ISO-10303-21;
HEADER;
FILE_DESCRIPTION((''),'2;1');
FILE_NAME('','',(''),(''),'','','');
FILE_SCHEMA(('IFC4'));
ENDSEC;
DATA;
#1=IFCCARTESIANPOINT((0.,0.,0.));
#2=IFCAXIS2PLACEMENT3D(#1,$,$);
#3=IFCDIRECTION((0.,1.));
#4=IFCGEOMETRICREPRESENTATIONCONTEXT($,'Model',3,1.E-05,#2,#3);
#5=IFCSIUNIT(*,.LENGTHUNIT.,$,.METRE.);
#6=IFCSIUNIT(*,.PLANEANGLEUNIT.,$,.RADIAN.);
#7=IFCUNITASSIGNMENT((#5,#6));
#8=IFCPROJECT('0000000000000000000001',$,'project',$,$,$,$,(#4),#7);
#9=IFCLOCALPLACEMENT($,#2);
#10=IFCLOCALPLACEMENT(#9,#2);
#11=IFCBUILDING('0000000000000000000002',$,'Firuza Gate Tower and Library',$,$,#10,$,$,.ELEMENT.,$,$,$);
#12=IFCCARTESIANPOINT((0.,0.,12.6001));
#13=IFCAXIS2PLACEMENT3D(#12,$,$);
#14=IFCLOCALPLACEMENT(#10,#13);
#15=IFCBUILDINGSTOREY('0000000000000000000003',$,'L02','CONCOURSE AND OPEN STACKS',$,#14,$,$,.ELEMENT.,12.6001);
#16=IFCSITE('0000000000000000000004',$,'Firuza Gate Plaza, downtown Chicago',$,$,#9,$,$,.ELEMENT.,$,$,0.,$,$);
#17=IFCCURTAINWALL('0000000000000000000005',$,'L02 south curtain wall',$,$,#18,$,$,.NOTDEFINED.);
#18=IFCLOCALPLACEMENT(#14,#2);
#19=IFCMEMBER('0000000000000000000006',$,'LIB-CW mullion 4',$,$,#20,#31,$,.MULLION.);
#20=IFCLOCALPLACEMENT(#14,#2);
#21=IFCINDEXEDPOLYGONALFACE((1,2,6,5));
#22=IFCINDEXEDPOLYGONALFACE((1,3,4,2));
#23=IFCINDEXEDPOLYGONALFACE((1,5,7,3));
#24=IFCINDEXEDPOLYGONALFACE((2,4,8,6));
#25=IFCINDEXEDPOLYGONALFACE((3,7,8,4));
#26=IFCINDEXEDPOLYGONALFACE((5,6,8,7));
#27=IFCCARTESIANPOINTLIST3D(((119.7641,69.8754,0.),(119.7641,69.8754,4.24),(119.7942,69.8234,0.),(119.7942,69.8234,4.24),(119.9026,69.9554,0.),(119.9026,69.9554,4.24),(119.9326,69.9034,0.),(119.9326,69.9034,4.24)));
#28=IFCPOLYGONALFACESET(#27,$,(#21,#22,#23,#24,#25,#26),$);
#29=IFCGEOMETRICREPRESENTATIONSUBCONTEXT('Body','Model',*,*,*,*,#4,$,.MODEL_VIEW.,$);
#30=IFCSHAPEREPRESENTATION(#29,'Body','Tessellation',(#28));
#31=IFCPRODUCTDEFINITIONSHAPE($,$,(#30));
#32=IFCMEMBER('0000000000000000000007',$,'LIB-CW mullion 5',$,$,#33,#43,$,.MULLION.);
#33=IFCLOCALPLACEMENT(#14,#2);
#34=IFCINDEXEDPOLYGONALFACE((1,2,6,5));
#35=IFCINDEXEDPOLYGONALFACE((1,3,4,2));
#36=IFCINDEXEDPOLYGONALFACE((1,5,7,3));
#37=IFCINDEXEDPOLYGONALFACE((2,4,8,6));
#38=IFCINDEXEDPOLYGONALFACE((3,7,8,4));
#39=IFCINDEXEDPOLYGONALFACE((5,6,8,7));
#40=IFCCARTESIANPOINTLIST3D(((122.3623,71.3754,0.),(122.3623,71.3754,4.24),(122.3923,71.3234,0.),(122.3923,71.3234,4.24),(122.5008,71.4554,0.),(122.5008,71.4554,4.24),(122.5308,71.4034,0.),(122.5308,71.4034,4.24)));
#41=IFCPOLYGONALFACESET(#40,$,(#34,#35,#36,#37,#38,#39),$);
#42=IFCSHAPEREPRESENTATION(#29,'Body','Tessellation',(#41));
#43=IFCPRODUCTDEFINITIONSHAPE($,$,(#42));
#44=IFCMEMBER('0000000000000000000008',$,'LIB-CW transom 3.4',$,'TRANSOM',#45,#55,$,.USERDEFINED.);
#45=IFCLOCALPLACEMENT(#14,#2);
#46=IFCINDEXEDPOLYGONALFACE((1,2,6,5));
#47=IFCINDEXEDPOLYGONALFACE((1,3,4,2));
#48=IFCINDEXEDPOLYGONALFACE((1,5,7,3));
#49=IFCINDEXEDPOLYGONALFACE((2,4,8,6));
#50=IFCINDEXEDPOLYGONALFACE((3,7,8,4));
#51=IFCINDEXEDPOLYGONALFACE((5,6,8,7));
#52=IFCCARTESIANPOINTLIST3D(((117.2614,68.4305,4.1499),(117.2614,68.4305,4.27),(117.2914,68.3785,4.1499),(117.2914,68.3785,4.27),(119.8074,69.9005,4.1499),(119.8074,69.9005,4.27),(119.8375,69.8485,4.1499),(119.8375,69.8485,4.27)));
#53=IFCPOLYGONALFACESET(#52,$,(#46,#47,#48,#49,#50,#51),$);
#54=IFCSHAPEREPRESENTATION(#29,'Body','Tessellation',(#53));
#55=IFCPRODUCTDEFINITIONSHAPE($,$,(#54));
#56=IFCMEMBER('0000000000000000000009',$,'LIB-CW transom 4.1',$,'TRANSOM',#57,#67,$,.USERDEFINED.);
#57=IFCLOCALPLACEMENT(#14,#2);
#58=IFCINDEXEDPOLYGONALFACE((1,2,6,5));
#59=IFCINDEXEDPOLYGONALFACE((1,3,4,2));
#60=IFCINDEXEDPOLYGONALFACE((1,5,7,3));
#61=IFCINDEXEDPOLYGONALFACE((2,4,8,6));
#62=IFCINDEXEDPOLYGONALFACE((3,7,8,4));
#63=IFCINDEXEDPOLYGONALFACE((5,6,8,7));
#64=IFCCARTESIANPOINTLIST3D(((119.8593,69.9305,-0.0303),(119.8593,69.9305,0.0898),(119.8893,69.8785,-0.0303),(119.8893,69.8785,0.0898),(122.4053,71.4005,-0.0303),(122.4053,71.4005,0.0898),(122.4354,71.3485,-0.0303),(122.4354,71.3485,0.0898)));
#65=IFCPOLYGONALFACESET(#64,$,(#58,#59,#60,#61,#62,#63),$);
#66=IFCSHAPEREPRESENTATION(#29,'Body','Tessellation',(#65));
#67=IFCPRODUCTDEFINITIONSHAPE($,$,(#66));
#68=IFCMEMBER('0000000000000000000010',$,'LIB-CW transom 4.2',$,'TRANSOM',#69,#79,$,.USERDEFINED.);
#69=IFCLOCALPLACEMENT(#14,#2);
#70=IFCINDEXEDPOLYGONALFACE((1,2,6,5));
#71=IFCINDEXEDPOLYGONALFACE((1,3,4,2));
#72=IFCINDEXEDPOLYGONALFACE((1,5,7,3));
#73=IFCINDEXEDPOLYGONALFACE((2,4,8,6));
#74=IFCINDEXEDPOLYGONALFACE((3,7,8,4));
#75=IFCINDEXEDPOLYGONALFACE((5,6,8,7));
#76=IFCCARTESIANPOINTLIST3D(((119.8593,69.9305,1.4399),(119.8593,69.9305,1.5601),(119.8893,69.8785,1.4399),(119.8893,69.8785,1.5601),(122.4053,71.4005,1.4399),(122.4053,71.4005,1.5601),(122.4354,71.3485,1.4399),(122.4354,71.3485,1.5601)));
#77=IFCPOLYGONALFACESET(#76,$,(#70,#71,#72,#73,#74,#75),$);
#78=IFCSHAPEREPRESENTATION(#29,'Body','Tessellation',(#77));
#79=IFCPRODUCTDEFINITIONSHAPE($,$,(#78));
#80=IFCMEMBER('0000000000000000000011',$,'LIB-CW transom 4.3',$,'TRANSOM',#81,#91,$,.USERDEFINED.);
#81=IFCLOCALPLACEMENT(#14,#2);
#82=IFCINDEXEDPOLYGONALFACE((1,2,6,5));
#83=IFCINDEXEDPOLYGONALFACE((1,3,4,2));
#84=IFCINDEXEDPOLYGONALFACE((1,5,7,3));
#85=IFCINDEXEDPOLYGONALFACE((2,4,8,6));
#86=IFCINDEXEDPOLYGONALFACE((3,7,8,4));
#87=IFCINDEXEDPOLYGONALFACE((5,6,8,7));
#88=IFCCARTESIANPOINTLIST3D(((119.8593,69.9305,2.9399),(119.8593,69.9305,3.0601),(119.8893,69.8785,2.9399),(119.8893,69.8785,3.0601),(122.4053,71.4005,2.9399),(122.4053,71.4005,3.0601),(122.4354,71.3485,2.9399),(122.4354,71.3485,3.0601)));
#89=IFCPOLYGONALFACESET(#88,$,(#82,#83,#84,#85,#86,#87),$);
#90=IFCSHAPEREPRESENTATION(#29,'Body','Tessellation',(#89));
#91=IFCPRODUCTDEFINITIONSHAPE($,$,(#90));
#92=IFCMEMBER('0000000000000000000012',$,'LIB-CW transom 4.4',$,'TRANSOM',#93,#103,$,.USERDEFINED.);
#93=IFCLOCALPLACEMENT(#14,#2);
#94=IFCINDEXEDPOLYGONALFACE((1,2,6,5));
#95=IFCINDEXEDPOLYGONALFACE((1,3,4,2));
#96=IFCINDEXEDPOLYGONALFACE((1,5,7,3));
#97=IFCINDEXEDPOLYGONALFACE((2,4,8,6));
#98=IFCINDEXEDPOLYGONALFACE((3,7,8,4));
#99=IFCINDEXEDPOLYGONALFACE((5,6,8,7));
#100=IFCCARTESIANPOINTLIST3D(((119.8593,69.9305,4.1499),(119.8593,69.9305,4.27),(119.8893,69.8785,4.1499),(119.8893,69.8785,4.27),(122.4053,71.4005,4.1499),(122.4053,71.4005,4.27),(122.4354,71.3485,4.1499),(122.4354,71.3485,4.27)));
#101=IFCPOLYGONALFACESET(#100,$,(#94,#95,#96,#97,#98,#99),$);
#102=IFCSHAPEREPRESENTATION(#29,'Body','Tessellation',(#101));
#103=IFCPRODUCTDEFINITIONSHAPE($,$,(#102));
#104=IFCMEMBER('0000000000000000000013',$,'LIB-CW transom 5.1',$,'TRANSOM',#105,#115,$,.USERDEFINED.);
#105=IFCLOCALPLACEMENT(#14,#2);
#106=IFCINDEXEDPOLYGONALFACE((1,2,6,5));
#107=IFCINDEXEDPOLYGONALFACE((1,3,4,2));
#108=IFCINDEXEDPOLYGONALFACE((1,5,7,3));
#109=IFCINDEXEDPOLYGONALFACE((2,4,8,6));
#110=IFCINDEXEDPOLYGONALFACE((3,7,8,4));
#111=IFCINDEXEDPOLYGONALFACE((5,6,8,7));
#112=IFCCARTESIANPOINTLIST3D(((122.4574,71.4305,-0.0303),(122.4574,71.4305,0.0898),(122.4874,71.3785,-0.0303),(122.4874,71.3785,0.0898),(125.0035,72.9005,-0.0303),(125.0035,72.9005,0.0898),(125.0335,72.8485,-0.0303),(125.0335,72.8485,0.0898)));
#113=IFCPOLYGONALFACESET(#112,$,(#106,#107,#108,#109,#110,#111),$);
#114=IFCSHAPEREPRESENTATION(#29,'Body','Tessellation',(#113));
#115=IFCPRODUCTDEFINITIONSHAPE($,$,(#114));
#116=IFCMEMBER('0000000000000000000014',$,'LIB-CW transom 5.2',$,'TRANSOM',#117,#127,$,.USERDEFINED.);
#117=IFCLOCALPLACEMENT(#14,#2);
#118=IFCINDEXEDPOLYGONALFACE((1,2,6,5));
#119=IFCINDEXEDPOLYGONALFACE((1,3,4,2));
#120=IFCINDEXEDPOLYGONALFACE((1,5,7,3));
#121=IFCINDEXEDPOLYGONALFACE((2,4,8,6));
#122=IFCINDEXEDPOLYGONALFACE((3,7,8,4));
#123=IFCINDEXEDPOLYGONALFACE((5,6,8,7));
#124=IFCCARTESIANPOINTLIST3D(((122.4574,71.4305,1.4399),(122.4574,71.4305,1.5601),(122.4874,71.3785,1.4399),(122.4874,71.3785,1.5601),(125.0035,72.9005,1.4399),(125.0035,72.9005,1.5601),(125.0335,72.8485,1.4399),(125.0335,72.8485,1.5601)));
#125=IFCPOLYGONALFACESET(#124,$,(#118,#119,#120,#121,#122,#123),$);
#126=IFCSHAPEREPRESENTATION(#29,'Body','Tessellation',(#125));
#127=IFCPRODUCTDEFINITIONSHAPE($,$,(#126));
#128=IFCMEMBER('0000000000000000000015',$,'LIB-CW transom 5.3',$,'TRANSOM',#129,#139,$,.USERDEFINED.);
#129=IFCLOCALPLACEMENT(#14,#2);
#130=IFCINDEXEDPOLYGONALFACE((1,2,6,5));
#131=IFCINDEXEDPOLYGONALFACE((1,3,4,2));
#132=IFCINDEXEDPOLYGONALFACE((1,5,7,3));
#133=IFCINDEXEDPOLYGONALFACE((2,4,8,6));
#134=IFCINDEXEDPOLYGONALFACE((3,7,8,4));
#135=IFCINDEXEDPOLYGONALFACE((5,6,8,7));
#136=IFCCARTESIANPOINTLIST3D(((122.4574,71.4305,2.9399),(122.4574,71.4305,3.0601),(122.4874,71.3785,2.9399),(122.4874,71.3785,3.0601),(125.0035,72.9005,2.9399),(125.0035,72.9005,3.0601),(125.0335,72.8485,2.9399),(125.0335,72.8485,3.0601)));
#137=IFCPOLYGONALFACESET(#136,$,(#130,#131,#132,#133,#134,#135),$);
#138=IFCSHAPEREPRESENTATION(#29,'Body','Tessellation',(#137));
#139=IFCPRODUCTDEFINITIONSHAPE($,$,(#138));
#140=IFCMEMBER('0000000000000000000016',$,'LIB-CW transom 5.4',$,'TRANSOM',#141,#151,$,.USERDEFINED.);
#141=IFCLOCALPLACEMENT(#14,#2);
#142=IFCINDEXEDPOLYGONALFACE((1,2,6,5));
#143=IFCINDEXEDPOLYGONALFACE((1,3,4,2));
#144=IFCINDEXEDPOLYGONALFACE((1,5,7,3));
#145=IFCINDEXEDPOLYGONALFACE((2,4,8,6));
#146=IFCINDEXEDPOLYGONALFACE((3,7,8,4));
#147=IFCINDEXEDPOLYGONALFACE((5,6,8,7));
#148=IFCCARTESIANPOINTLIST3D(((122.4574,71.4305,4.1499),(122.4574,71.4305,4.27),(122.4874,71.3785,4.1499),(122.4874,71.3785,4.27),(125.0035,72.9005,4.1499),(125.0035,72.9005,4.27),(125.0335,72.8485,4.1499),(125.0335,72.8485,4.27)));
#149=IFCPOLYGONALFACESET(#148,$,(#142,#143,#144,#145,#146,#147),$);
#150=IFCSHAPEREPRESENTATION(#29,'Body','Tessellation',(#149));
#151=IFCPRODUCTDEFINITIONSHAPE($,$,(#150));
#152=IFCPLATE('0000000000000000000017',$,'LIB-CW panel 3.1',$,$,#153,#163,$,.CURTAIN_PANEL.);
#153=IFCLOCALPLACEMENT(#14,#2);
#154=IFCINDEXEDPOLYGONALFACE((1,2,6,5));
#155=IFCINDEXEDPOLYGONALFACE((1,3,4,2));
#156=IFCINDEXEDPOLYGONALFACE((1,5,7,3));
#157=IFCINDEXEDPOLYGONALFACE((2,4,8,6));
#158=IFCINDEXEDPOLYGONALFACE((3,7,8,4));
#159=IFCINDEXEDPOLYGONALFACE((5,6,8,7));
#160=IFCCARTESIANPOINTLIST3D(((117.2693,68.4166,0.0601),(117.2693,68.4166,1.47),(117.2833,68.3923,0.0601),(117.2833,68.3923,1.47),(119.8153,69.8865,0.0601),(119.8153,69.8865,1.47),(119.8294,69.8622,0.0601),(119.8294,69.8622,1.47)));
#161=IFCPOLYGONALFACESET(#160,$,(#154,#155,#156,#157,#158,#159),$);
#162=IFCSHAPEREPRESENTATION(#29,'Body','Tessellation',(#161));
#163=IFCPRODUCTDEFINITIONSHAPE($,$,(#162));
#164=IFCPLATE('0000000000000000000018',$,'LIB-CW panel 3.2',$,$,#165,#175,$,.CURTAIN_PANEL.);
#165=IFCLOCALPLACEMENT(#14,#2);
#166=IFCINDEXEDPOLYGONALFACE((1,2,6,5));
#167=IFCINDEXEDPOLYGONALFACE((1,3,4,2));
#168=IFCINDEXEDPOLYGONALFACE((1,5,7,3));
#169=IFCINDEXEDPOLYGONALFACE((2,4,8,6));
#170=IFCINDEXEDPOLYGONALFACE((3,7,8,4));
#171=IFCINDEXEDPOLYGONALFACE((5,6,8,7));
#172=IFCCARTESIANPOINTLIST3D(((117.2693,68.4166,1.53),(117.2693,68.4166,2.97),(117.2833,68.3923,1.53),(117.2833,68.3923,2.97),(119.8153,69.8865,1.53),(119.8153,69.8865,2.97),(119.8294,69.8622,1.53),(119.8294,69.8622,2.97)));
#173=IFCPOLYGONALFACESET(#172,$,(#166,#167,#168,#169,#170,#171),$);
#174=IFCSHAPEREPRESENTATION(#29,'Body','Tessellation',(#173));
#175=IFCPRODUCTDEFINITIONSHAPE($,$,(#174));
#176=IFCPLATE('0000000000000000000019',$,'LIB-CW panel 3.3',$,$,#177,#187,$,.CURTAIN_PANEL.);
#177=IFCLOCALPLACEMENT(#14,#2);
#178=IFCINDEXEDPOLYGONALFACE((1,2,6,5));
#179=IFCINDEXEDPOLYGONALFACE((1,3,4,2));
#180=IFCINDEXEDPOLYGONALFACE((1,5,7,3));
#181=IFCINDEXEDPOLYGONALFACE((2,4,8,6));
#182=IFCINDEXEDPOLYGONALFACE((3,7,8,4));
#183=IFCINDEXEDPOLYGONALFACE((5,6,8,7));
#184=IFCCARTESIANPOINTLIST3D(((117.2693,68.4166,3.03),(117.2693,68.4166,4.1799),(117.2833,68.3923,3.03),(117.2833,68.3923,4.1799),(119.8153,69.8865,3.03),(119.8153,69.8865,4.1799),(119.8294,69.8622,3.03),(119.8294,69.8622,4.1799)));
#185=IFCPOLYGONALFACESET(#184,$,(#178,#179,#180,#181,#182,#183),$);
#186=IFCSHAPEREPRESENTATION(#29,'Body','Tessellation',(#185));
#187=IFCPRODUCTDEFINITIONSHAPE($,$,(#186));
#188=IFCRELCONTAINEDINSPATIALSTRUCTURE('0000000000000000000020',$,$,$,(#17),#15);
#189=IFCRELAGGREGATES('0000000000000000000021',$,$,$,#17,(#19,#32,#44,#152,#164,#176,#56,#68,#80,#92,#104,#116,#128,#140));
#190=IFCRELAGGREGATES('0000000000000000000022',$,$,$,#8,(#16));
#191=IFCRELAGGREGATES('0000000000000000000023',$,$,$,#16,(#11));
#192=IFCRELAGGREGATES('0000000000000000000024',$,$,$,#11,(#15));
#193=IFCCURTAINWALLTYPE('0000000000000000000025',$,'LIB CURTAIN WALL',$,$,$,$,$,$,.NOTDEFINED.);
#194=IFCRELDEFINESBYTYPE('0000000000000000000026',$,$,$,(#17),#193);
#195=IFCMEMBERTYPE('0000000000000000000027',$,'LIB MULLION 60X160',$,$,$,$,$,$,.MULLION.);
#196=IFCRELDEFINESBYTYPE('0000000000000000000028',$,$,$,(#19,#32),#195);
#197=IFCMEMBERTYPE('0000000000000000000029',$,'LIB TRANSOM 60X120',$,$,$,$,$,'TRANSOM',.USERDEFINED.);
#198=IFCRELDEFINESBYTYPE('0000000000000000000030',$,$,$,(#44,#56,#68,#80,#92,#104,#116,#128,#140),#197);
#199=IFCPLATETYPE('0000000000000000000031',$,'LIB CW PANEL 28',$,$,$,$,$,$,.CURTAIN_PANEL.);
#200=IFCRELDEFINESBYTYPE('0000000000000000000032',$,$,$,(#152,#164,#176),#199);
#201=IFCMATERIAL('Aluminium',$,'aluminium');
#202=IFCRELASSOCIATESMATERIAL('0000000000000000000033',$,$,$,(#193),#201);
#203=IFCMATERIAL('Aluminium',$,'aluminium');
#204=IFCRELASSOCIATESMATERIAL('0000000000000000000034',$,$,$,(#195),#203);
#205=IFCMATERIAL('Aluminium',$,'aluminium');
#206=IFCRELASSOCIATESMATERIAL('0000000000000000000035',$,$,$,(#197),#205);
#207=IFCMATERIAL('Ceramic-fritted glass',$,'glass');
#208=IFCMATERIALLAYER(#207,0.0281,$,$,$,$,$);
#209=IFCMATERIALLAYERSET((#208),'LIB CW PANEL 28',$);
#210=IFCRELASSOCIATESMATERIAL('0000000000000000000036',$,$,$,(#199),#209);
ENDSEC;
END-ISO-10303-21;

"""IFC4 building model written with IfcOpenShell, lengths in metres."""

from ifc_helpers import new_model, si_unit, direction, frame, origin, origin_2d, place, context, subcontext, project, spatial, rectangle, extrude, material, layer, layer_set, material_profile, profile_set, type_object, element, aggregate, save


model = new_model("IFC4")

# Units and contexts
model_context = context("Model", 3, precision=1e-05, world=origin(), true_north=direction((0.0, 1.0)))
body_context = subcontext(model_context, "Body", "Model", "MODEL_VIEW")
ifc_project = project(units=[si_unit("LENGTHUNIT", "METRE"), si_unit("PLANEANGLEUNIT", "RADIAN")], contexts=[model_context])

# Site, building, storey
site_placement = place(None, origin())
site = spatial("IfcSite", under=ifc_project, at=site_placement, Name="Firuza Gate Plaza, downtown Chicago", CompositionType="ELEMENT", RefElevation=0.0)
building_placement = place(site_placement, origin())
building = spatial("IfcBuilding", under=site, at=building_placement, Name="Firuza Gate Tower and Library", CompositionType="ELEMENT")
storey_placement = place(building_placement, frame((0.0, 0.0, 12.6001)))
storey = spatial("IfcBuildingStorey", under=building, at=storey_placement, Name="L02", Description="CONCOURSE AND OPEN STACKS", CompositionType="ELEMENT", Elevation=12.6001)

# Curtain wall, members, plates
ifc_material_1 = material(Name="Aluminium", Category="aluminium")
curtain_wall_type = type_object("IfcCurtainWallType", Name="LIB CURTAIN WALL", PredefinedType="NOTDEFINED", material=ifc_material_1)
curtain_wall_placement = place(storey_placement, origin())
curtain_wall = element("IfcCurtainWall", 1, at=curtain_wall_placement, inside=storey, type_object=curtain_wall_type, Name="L02 south curtain wall", PredefinedType="NOTDEFINED")
ifc_material_2 = material(Name="Aluminium", Category="aluminium")
ifc_material_profile_1 = material_profile(ifc_material_2, rectangle(XDim=0.0601, YDim=0.1599, at=origin_2d()))
ifc_profile_set_1 = profile_set([ifc_material_profile_1], Name="Aluminium")
member_type_1 = type_object("IfcMemberType", Name="LIB MULLION 60X160", PredefinedType="MULLION", material=ifc_profile_set_1)
member_1_placement = place(storey_placement, frame((119.8484, 69.8894, 0.0), z_axis=(0.0, 0.0, 1.0), x_axis=(-0.500001, 0.866025, 0.0)))
member_1 = element("IfcMember", 2, at=member_1_placement, type_object=member_type_1, Name="LIB-CW mullion 4", PredefinedType="MULLION", context=body_context, shape_type="SweptSolid", body=[
    extrude(rectangle(XDim=0.0601, YDim=0.1599, at=origin_2d()), origin(), (0.0, 0.0, 1.0), 4.24),
])
member_2_placement = place(storey_placement, frame((122.4465, 71.3894, 0.0), z_axis=(0.0, 0.0, 1.0), x_axis=(-0.500001, 0.866025, 0.0)))
member_2 = element("IfcMember", 3, at=member_2_placement, type_object=member_type_1, Name="LIB-CW mullion 5", PredefinedType="MULLION", context=body_context, shape_type="SweptSolid", body=[
    extrude(rectangle(XDim=0.0601, YDim=0.1599, at=origin_2d()), origin(), (0.0, 0.0, 1.0), 4.24),
])
ifc_material_3 = material(Name="Aluminium", Category="aluminium")
ifc_material_profile_2 = material_profile(ifc_material_3, rectangle(XDim=0.0601, YDim=0.1201, at=origin_2d()))
ifc_profile_set_2 = profile_set([ifc_material_profile_2], Name="Aluminium")
member_type_2 = type_object("IfcMemberType", Name="LIB TRANSOM 60X120", ElementType="TRANSOM", PredefinedType="USERDEFINED", material=ifc_profile_set_2)
member_3_placement = place(storey_placement, frame((117.2764, 68.4045, 4.21), z_axis=(0.866032, 0.499988, 0.0), x_axis=(-0.499988, 0.866032, 0.0)))
member_3 = element("IfcMember", 4, at=member_3_placement, type_object=member_type_2, Name="LIB-CW transom 3.4", ObjectType="TRANSOM", PredefinedType="USERDEFINED", context=body_context, shape_type="SweptSolid", body=[
    extrude(rectangle(XDim=0.0601, YDim=0.1201, at=origin_2d()), origin(), (0.0, 0.0, 1.0), 2.9399),
])
member_4_placement = place(storey_placement, frame((119.8743, 69.9045, 0.0298), z_axis=(0.866032, 0.499988, 0.0), x_axis=(-0.499988, 0.866032, 0.0)))
member_4 = element("IfcMember", 5, at=member_4_placement, type_object=member_type_2, Name="LIB-CW transom 4.1", ObjectType="TRANSOM", PredefinedType="USERDEFINED", context=body_context, shape_type="SweptSolid", body=[
    extrude(rectangle(XDim=0.0601, YDim=0.1201, at=origin_2d()), origin(), (0.0, 0.0, 1.0), 2.9399),
])
member_5_placement = place(storey_placement, frame((119.8743, 69.9045, 1.5), z_axis=(0.866032, 0.499988, 0.0), x_axis=(-0.499988, 0.866032, 0.0)))
member_5 = element("IfcMember", 6, at=member_5_placement, type_object=member_type_2, Name="LIB-CW transom 4.2", ObjectType="TRANSOM", PredefinedType="USERDEFINED", context=body_context, shape_type="SweptSolid", body=[
    extrude(rectangle(XDim=0.0601, YDim=0.1201, at=origin_2d()), origin(), (0.0, 0.0, 1.0), 2.9399),
])
member_6_placement = place(storey_placement, frame((119.8743, 69.9045, 3.0), z_axis=(0.866032, 0.499988, 0.0), x_axis=(-0.499988, 0.866032, 0.0)))
member_6 = element("IfcMember", 7, at=member_6_placement, type_object=member_type_2, Name="LIB-CW transom 4.3", ObjectType="TRANSOM", PredefinedType="USERDEFINED", context=body_context, shape_type="SweptSolid", body=[
    extrude(rectangle(XDim=0.0601, YDim=0.1201, at=origin_2d()), origin(), (0.0, 0.0, 1.0), 2.9399),
])
member_7_placement = place(storey_placement, frame((119.8743, 69.9045, 4.21), z_axis=(0.866032, 0.499988, 0.0), x_axis=(-0.499988, 0.866032, 0.0)))
member_7 = element("IfcMember", 8, at=member_7_placement, type_object=member_type_2, Name="LIB-CW transom 4.4", ObjectType="TRANSOM", PredefinedType="USERDEFINED", context=body_context, shape_type="SweptSolid", body=[
    extrude(rectangle(XDim=0.0601, YDim=0.1201, at=origin_2d()), origin(), (0.0, 0.0, 1.0), 2.9399),
])
member_8_placement = place(storey_placement, frame((122.4724, 71.4045, 0.0298), z_axis=(0.866032, 0.499988, 0.0), x_axis=(-0.499988, 0.866032, 0.0)))
member_8 = element("IfcMember", 9, at=member_8_placement, type_object=member_type_2, Name="LIB-CW transom 5.1", ObjectType="TRANSOM", PredefinedType="USERDEFINED", context=body_context, shape_type="SweptSolid", body=[
    extrude(rectangle(XDim=0.0601, YDim=0.1201, at=origin_2d()), origin(), (0.0, 0.0, 1.0), 2.9399),
])
member_9_placement = place(storey_placement, frame((122.4724, 71.4045, 1.5), z_axis=(0.866032, 0.499988, 0.0), x_axis=(-0.499988, 0.866032, 0.0)))
member_9 = element("IfcMember", 10, at=member_9_placement, type_object=member_type_2, Name="LIB-CW transom 5.2", ObjectType="TRANSOM", PredefinedType="USERDEFINED", context=body_context, shape_type="SweptSolid", body=[
    extrude(rectangle(XDim=0.0601, YDim=0.1201, at=origin_2d()), origin(), (0.0, 0.0, 1.0), 2.9399),
])
member_10_placement = place(storey_placement, frame((122.4724, 71.4045, 3.0), z_axis=(0.866032, 0.499988, 0.0), x_axis=(-0.499988, 0.866032, 0.0)))
member_10 = element("IfcMember", 11, at=member_10_placement, type_object=member_type_2, Name="LIB-CW transom 5.3", ObjectType="TRANSOM", PredefinedType="USERDEFINED", context=body_context, shape_type="SweptSolid", body=[
    extrude(rectangle(XDim=0.0601, YDim=0.1201, at=origin_2d()), origin(), (0.0, 0.0, 1.0), 2.9399),
])
member_11_placement = place(storey_placement, frame((122.4724, 71.4045, 4.21), z_axis=(0.866032, 0.499988, 0.0), x_axis=(-0.499988, 0.866032, 0.0)))
member_11 = element("IfcMember", 12, at=member_11_placement, type_object=member_type_2, Name="LIB-CW transom 5.4", ObjectType="TRANSOM", PredefinedType="USERDEFINED", context=body_context, shape_type="SweptSolid", body=[
    extrude(rectangle(XDim=0.0601, YDim=0.1201, at=origin_2d()), origin(), (0.0, 0.0, 1.0), 2.9399),
])
ifc_material_4 = material(Name="Ceramic-fritted glass", Category="glass")
ifc_layer = layer(ifc_material_4, 0.0281)
ifc_layer_set = layer_set([ifc_layer], Name="LIB CW PANEL 28")
plate_type = type_object("IfcPlateType", Name="LIB CW PANEL 28", PredefinedType="CURTAIN_PANEL", material=ifc_layer_set)
plate_1_placement = place(storey_placement, frame((118.5493, 69.1394, 0.0601), z_axis=(0.0, 0.0, 1.0), x_axis=(0.866025, 0.500001, 0.0)))
plate_1 = element("IfcPlate", 13, at=plate_1_placement, type_object=plate_type, Name="LIB-CW panel 3.1", PredefinedType="CURTAIN_PANEL", context=body_context, shape_type="SweptSolid", body=[
    extrude(rectangle(XDim=2.9399, YDim=0.0281, at=origin_2d()), origin(), (0.0, 0.0, 1.0), 1.4099),
])
plate_2_placement = place(storey_placement, frame((118.5493, 69.1394, 1.53), z_axis=(0.0, 0.0, 1.0), x_axis=(0.866025, 0.500001, 0.0)))
plate_2 = element("IfcPlate", 14, at=plate_2_placement, type_object=plate_type, Name="LIB-CW panel 3.2", PredefinedType="CURTAIN_PANEL", context=body_context, shape_type="SweptSolid", body=[
    extrude(rectangle(XDim=2.9399, YDim=0.0281, at=origin_2d()), origin(), (0.0, 0.0, 1.0), 1.4399),
])
plate_3_placement = place(storey_placement, frame((118.5493, 69.1394, 3.03), z_axis=(0.0, 0.0, 1.0), x_axis=(0.866025, 0.500001, 0.0)))
plate_3 = element("IfcPlate", 15, at=plate_3_placement, type_object=plate_type, Name="LIB-CW panel 3.3", PredefinedType="CURTAIN_PANEL", context=body_context, shape_type="SweptSolid", body=[
    extrude(rectangle(XDim=2.9399, YDim=0.0281, at=origin_2d()), origin(), (0.0, 0.0, 1.0), 1.1499),
])
aggregate(curtain_wall, [member_1, member_2, member_3, plate_1, plate_2, plate_3, member_4, member_5, member_6, member_7, member_8, member_9, member_10, member_11])

save(model, "model.ifc")
